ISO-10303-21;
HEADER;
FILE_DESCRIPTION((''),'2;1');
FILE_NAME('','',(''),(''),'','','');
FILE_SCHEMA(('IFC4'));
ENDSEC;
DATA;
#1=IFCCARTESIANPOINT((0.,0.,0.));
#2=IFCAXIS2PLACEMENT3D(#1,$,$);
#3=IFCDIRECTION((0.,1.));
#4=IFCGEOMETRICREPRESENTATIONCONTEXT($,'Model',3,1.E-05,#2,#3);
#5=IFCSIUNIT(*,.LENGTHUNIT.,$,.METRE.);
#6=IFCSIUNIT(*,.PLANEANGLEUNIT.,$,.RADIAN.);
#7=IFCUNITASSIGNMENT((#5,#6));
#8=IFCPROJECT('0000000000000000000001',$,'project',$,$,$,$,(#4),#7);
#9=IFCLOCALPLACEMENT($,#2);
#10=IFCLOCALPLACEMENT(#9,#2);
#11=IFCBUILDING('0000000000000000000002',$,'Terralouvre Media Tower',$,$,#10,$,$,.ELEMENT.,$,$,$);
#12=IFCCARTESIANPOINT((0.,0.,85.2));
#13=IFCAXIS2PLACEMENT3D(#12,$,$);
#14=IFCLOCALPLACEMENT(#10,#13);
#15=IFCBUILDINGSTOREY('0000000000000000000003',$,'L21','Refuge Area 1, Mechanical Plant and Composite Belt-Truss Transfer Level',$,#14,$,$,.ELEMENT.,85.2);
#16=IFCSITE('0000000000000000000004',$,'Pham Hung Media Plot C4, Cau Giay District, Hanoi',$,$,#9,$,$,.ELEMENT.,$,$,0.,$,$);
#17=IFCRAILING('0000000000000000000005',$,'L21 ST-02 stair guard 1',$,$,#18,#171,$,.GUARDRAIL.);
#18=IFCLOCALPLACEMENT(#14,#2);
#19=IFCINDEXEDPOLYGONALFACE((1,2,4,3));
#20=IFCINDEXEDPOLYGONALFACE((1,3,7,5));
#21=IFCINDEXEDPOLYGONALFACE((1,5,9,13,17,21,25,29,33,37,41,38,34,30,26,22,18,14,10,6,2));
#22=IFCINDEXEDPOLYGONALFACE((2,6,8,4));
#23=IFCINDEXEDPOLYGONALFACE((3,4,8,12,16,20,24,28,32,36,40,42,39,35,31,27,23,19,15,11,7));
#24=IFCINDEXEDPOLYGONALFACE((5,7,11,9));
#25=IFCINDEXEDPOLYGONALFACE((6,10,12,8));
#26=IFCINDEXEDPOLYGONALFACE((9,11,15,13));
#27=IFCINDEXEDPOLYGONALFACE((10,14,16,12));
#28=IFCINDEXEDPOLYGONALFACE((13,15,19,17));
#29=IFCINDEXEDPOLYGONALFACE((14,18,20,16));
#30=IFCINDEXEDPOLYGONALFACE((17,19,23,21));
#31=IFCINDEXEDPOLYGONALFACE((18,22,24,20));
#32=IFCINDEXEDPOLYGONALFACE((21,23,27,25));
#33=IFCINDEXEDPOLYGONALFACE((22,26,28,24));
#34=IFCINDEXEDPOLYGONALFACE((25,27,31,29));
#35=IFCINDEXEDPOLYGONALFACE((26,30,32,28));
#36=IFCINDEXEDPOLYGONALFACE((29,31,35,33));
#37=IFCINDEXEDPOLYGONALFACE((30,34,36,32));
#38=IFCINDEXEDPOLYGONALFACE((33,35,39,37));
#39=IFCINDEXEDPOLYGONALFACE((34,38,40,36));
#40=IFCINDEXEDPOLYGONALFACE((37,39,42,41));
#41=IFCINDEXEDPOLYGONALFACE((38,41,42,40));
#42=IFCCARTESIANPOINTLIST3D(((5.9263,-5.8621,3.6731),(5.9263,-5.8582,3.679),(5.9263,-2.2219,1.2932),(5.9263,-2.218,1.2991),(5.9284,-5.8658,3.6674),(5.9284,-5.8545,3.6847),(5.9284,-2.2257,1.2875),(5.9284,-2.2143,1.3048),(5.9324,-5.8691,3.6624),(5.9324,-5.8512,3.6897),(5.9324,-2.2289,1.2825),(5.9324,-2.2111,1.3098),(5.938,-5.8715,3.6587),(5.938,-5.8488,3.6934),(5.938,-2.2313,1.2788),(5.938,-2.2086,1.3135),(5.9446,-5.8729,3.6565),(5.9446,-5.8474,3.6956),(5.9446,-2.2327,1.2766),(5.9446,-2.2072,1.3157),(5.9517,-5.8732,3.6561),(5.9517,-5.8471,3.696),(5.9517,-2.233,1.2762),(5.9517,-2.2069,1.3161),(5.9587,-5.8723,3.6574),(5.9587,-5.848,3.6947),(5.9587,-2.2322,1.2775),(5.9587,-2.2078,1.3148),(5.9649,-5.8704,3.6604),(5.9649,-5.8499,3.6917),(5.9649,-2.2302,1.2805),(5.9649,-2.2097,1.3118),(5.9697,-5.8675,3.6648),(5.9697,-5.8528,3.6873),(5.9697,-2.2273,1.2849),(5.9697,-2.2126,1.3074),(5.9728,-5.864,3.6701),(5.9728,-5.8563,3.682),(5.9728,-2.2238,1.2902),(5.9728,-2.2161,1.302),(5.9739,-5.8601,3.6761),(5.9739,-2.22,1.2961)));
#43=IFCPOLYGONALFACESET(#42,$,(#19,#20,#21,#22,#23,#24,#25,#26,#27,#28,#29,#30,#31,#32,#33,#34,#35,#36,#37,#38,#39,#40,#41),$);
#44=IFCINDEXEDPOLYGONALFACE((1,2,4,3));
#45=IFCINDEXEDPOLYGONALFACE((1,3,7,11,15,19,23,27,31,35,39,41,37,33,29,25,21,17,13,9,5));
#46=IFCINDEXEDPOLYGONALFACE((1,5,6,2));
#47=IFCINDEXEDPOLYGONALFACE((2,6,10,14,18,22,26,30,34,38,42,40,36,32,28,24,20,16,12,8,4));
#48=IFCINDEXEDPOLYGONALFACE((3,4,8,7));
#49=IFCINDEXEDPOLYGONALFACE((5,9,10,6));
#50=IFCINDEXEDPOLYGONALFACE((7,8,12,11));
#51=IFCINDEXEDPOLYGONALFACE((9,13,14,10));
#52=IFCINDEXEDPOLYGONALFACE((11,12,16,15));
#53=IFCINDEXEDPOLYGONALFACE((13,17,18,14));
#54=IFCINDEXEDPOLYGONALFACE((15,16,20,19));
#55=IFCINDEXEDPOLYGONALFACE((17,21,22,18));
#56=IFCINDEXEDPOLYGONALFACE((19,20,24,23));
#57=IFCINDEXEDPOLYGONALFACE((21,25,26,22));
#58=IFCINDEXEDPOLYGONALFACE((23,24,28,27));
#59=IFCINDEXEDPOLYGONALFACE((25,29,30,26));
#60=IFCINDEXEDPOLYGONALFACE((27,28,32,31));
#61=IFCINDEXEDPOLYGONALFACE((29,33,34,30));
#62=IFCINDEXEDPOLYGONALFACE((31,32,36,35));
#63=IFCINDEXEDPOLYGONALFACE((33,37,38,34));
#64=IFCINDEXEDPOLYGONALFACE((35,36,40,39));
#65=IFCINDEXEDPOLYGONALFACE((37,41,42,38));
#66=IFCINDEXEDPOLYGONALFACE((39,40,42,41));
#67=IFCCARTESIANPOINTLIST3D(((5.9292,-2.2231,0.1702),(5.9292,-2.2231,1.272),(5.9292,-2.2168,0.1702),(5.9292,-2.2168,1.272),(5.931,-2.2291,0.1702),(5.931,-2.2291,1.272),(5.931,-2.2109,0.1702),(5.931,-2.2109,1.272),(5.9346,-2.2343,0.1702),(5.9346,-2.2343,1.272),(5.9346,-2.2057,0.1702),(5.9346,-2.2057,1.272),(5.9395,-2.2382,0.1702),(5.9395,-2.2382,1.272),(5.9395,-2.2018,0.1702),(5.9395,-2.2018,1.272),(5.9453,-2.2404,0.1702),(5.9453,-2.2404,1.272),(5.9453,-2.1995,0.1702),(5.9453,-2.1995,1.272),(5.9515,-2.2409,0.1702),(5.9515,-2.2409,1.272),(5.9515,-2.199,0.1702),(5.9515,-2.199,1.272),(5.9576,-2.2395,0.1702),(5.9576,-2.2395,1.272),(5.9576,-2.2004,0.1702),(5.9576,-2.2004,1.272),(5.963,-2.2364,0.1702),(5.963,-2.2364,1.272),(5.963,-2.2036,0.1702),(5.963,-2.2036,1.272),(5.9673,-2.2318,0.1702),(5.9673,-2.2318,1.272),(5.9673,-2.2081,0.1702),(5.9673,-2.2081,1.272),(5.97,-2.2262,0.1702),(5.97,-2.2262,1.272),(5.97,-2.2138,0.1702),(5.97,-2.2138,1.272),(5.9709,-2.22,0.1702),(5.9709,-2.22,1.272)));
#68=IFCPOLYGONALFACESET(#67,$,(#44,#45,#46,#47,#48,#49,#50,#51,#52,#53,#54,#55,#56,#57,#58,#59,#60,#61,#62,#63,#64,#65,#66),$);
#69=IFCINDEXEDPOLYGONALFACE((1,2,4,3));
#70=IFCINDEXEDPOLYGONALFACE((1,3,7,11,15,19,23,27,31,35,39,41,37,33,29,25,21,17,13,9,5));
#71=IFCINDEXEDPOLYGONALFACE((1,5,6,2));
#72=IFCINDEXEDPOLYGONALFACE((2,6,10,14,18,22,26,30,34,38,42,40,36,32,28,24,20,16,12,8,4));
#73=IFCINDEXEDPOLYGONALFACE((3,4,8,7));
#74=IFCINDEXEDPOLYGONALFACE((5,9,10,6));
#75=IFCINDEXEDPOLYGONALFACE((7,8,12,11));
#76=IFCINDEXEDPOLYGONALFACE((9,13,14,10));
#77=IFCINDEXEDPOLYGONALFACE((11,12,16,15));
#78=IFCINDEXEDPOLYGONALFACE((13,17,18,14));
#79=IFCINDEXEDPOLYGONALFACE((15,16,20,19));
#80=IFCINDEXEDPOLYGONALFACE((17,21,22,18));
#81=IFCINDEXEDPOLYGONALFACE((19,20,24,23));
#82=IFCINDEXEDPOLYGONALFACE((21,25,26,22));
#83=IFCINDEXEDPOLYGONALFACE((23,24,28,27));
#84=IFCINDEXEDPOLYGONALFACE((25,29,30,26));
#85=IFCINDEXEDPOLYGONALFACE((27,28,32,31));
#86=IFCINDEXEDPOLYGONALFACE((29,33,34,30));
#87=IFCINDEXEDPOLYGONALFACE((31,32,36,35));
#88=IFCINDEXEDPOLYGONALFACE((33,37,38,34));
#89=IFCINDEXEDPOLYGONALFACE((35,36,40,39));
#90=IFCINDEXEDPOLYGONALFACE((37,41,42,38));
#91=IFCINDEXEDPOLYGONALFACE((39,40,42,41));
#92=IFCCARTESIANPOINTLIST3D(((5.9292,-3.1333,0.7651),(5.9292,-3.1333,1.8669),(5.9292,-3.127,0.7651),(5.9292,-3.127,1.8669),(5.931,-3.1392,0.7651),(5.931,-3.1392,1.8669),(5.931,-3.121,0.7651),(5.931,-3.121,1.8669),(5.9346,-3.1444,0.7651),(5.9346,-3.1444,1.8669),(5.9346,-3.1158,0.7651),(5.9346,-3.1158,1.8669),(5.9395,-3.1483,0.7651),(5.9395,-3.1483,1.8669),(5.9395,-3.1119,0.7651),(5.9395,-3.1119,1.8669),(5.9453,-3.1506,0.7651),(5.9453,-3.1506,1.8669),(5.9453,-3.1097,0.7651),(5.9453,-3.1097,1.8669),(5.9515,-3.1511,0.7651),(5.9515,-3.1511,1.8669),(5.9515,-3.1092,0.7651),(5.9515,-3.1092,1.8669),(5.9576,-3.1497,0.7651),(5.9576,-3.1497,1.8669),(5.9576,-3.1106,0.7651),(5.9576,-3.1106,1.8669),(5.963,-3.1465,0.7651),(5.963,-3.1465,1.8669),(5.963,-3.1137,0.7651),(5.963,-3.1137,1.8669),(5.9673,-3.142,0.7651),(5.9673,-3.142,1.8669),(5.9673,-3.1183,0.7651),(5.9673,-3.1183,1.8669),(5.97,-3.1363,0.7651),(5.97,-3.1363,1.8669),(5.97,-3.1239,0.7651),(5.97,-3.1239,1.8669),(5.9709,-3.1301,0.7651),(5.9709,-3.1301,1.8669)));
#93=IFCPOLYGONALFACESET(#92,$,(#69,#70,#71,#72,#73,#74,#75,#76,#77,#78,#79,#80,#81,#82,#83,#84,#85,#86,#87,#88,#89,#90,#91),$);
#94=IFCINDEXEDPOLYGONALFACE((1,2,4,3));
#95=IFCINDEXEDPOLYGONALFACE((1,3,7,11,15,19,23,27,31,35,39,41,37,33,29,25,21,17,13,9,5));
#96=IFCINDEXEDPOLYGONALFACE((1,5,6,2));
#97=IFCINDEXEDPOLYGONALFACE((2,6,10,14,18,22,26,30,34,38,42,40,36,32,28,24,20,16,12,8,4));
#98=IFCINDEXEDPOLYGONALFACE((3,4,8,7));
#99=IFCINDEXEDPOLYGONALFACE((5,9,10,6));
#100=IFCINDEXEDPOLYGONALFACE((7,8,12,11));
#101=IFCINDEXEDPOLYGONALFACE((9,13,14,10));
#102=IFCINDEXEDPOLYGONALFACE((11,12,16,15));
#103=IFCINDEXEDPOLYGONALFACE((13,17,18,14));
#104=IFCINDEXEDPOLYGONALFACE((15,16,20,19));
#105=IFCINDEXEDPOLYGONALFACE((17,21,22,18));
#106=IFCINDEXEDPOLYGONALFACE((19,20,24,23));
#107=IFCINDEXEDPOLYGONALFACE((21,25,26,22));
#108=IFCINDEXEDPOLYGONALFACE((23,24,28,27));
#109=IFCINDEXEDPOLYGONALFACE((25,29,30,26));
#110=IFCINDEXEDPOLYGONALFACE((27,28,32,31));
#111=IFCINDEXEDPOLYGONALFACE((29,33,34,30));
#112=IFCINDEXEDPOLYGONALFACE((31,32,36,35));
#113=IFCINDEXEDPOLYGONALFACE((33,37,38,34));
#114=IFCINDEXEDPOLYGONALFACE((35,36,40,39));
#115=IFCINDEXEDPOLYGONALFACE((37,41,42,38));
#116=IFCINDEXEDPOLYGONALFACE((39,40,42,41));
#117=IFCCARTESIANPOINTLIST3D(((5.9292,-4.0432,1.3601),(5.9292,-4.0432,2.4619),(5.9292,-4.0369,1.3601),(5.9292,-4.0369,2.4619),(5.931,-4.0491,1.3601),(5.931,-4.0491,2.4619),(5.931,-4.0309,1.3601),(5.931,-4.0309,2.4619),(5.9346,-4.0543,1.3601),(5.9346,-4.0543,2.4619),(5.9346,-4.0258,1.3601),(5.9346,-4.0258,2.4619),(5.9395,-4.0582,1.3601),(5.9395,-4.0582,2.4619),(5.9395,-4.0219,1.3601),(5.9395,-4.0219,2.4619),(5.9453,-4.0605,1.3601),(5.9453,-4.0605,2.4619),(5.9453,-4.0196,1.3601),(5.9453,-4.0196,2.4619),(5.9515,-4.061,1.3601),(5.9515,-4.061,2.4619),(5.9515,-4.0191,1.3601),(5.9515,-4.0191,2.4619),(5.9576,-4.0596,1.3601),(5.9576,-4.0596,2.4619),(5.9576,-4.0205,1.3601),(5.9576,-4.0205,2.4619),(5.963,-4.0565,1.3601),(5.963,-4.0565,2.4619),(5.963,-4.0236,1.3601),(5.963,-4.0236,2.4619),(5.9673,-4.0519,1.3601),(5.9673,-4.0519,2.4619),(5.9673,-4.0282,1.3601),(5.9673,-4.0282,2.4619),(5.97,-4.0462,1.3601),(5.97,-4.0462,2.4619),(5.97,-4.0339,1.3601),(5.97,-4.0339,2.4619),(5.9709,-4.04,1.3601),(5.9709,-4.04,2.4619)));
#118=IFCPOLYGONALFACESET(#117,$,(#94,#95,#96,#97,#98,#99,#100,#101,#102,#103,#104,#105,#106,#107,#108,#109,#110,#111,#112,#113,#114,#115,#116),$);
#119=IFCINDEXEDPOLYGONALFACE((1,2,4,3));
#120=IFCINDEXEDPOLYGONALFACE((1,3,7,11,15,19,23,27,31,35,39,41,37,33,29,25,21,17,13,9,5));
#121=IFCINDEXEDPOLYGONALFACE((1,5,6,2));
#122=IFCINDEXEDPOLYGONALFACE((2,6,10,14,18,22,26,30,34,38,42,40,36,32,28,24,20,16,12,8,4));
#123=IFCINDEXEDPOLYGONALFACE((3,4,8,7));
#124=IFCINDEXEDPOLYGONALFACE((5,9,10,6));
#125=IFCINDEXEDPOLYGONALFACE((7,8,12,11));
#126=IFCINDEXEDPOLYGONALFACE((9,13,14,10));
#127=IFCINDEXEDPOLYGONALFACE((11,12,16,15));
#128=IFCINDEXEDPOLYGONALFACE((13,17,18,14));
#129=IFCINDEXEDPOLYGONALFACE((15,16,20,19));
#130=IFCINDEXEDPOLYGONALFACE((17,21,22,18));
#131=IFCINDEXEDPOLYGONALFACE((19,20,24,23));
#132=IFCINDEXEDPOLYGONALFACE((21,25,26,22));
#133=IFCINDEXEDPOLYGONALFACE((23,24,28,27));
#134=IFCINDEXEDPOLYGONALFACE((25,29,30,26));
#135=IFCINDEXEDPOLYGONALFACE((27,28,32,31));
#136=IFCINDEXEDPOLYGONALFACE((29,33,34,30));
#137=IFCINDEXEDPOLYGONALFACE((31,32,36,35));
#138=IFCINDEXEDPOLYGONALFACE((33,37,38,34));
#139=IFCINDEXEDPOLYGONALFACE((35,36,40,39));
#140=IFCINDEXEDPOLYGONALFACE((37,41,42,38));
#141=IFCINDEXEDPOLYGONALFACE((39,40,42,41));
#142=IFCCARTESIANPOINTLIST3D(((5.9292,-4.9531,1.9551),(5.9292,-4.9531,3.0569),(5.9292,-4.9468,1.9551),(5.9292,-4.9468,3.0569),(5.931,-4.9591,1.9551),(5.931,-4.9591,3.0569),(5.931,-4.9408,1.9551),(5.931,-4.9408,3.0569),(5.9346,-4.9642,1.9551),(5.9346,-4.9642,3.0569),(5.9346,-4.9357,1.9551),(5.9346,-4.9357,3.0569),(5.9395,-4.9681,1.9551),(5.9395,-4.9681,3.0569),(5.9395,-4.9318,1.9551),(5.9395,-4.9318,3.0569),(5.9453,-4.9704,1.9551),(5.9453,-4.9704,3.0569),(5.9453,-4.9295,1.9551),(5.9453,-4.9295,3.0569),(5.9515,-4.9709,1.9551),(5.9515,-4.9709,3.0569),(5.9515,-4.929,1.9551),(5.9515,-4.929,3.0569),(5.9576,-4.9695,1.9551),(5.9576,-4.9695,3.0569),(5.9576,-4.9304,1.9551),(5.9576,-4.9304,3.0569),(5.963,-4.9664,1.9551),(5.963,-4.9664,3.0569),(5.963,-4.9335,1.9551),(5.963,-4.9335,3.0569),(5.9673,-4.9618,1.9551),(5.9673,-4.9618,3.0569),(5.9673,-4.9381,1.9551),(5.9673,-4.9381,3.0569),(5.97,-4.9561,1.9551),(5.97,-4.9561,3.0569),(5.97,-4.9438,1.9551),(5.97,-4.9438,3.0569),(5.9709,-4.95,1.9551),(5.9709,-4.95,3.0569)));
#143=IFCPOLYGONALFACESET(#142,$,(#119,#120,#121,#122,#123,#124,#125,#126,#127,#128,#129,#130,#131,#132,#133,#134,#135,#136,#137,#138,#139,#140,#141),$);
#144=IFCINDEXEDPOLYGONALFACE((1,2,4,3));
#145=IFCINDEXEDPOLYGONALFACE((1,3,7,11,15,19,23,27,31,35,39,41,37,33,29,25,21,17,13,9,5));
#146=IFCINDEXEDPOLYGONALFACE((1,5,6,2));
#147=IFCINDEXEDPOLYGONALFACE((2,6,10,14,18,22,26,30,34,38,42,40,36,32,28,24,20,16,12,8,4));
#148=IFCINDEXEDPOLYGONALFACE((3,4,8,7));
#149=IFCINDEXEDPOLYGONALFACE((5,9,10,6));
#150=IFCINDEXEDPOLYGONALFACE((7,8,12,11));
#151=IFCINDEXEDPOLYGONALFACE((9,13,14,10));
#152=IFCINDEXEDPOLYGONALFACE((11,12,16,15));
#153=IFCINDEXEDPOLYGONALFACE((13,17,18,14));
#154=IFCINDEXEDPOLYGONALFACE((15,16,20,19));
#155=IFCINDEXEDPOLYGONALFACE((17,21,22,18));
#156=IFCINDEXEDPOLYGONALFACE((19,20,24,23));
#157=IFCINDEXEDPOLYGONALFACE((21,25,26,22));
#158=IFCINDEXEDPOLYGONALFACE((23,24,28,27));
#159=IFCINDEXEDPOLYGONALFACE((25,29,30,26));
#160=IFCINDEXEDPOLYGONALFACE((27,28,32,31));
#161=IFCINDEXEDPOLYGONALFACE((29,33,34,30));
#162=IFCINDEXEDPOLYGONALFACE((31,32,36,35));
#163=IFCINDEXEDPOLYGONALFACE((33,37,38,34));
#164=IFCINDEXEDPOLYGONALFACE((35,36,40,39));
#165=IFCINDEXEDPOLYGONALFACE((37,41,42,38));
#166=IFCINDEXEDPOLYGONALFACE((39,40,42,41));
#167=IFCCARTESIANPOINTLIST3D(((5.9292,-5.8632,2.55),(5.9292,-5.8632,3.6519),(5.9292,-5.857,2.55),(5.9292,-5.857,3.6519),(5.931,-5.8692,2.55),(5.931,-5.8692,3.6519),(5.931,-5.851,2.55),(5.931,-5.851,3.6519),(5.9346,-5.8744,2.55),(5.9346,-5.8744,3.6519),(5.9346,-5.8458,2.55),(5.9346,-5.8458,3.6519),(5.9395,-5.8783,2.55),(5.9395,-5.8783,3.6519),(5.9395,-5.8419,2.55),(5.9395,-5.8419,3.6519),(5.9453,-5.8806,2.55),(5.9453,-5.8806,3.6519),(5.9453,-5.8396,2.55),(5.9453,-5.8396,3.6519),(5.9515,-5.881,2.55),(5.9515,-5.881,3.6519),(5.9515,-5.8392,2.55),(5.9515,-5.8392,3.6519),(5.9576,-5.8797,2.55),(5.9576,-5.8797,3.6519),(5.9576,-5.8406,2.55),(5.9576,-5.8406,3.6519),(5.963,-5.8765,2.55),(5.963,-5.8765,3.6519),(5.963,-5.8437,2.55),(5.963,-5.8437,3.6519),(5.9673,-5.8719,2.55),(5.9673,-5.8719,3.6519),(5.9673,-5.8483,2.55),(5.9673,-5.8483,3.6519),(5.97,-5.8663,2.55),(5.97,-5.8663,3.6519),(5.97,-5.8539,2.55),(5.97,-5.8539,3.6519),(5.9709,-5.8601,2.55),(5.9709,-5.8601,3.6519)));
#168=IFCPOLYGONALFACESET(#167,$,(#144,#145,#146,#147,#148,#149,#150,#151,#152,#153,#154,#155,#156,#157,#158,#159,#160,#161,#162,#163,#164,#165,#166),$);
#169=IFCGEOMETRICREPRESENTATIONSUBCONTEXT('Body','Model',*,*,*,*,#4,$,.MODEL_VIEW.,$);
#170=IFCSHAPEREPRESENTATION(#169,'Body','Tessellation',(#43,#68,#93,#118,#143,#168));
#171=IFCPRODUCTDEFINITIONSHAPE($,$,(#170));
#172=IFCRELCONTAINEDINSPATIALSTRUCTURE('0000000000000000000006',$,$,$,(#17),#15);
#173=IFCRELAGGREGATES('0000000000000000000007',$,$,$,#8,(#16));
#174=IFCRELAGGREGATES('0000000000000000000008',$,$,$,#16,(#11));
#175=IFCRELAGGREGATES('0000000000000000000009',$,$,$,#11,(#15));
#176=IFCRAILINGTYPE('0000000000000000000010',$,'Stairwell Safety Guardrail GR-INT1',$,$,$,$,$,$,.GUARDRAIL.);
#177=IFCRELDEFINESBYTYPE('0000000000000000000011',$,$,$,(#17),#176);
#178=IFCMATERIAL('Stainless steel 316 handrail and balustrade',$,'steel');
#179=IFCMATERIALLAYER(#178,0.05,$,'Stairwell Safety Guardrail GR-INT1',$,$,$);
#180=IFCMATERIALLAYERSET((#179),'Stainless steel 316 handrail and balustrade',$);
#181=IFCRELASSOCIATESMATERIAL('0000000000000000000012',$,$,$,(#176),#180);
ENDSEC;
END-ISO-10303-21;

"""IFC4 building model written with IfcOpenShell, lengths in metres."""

from ifc_helpers import new_model, si_unit, direction, frame, origin, origin_2d, place, context, subcontext, project, spatial, circle, extrude, material, layer, layer_set, type_object, element, save


model = new_model("IFC4")

# Units and contexts
model_context = context("Model", 3, precision=1e-05, world=origin(), true_north=direction((0.0, 1.0)))
body_context = subcontext(model_context, "Body", "Model", "MODEL_VIEW")
ifc_project = project(units=[si_unit("LENGTHUNIT", "METRE"), si_unit("PLANEANGLEUNIT", "RADIAN")], contexts=[model_context])

# Site, building, storey
site_placement = place(None, origin())
site = spatial("IfcSite", under=ifc_project, at=site_placement, Name="Pham Hung Media Plot C4, Cau Giay District, Hanoi", CompositionType="ELEMENT", RefElevation=0.0)
building_placement = place(site_placement, origin())
building = spatial("IfcBuilding", under=site, at=building_placement, Name="Terralouvre Media Tower", CompositionType="ELEMENT")
storey_placement = place(building_placement, frame((0.0, 0.0, 85.2)))
storey = spatial("IfcBuildingStorey", under=building, at=storey_placement, Name="L21", Description="Refuge Area 1, Mechanical Plant and Composite Belt-Truss Transfer Level", CompositionType="ELEMENT", Elevation=85.2)

# Railing
ifc_material_1 = material(Name="Stainless steel 316 handrail and balustrade", Category="steel")
ifc_layer_1 = layer(ifc_material_1, 0.05, Name="Stairwell Safety Guardrail GR-INT1")
ifc_layer_set_1 = layer_set([ifc_layer_1], Name="Stainless steel 316 handrail and balustrade")
railing_type_1 = type_object("IfcRailingType", Name="Stairwell Safety Guardrail GR-INT1", PredefinedType="GUARDRAIL", material=ifc_layer_set_1)
railing_1_placement = place(storey_placement, frame((5.95, -2.22, 0.1702)))
element("IfcRailing", 1, at=railing_1_placement, inside=storey, type_object=railing_type_1, Name="L21 ST-02 stair guard 1", PredefinedType="GUARDRAIL", context=body_context, shape_type="SweptSolid", body=[
    extrude(circle(Radius=0.0239, at=origin_2d()), frame((0.0, 0.0, 1.126), z_axis=(0.0, -0.836991, 0.547216), x_axis=(1.0, 0.0, 0.0)), (0.0, 0.0, 1.0), 4.3491),
    extrude(circle(Radius=0.021, at=origin_2d()), origin(), (0.0, 0.0, 1.0), 1.1018),
    extrude(circle(Radius=0.021, at=origin_2d()), frame((0.0, -0.9102, 0.595)), (0.0, 0.0, 1.0), 1.1018),
    extrude(circle(Radius=0.021, at=origin_2d()), frame((0.0, -1.8201, 1.1899)), (0.0, 0.0, 1.0), 1.1018),
    extrude(circle(Radius=0.021, at=origin_2d()), frame((0.0, -2.73, 1.7849)), (0.0, 0.0, 1.0), 1.1018),
    extrude(circle(Radius=0.021, at=origin_2d()), frame((0.0, -3.6401, 2.3799)), (0.0, 0.0, 1.0), 1.1018),
])

save(model, "model.ifc")
